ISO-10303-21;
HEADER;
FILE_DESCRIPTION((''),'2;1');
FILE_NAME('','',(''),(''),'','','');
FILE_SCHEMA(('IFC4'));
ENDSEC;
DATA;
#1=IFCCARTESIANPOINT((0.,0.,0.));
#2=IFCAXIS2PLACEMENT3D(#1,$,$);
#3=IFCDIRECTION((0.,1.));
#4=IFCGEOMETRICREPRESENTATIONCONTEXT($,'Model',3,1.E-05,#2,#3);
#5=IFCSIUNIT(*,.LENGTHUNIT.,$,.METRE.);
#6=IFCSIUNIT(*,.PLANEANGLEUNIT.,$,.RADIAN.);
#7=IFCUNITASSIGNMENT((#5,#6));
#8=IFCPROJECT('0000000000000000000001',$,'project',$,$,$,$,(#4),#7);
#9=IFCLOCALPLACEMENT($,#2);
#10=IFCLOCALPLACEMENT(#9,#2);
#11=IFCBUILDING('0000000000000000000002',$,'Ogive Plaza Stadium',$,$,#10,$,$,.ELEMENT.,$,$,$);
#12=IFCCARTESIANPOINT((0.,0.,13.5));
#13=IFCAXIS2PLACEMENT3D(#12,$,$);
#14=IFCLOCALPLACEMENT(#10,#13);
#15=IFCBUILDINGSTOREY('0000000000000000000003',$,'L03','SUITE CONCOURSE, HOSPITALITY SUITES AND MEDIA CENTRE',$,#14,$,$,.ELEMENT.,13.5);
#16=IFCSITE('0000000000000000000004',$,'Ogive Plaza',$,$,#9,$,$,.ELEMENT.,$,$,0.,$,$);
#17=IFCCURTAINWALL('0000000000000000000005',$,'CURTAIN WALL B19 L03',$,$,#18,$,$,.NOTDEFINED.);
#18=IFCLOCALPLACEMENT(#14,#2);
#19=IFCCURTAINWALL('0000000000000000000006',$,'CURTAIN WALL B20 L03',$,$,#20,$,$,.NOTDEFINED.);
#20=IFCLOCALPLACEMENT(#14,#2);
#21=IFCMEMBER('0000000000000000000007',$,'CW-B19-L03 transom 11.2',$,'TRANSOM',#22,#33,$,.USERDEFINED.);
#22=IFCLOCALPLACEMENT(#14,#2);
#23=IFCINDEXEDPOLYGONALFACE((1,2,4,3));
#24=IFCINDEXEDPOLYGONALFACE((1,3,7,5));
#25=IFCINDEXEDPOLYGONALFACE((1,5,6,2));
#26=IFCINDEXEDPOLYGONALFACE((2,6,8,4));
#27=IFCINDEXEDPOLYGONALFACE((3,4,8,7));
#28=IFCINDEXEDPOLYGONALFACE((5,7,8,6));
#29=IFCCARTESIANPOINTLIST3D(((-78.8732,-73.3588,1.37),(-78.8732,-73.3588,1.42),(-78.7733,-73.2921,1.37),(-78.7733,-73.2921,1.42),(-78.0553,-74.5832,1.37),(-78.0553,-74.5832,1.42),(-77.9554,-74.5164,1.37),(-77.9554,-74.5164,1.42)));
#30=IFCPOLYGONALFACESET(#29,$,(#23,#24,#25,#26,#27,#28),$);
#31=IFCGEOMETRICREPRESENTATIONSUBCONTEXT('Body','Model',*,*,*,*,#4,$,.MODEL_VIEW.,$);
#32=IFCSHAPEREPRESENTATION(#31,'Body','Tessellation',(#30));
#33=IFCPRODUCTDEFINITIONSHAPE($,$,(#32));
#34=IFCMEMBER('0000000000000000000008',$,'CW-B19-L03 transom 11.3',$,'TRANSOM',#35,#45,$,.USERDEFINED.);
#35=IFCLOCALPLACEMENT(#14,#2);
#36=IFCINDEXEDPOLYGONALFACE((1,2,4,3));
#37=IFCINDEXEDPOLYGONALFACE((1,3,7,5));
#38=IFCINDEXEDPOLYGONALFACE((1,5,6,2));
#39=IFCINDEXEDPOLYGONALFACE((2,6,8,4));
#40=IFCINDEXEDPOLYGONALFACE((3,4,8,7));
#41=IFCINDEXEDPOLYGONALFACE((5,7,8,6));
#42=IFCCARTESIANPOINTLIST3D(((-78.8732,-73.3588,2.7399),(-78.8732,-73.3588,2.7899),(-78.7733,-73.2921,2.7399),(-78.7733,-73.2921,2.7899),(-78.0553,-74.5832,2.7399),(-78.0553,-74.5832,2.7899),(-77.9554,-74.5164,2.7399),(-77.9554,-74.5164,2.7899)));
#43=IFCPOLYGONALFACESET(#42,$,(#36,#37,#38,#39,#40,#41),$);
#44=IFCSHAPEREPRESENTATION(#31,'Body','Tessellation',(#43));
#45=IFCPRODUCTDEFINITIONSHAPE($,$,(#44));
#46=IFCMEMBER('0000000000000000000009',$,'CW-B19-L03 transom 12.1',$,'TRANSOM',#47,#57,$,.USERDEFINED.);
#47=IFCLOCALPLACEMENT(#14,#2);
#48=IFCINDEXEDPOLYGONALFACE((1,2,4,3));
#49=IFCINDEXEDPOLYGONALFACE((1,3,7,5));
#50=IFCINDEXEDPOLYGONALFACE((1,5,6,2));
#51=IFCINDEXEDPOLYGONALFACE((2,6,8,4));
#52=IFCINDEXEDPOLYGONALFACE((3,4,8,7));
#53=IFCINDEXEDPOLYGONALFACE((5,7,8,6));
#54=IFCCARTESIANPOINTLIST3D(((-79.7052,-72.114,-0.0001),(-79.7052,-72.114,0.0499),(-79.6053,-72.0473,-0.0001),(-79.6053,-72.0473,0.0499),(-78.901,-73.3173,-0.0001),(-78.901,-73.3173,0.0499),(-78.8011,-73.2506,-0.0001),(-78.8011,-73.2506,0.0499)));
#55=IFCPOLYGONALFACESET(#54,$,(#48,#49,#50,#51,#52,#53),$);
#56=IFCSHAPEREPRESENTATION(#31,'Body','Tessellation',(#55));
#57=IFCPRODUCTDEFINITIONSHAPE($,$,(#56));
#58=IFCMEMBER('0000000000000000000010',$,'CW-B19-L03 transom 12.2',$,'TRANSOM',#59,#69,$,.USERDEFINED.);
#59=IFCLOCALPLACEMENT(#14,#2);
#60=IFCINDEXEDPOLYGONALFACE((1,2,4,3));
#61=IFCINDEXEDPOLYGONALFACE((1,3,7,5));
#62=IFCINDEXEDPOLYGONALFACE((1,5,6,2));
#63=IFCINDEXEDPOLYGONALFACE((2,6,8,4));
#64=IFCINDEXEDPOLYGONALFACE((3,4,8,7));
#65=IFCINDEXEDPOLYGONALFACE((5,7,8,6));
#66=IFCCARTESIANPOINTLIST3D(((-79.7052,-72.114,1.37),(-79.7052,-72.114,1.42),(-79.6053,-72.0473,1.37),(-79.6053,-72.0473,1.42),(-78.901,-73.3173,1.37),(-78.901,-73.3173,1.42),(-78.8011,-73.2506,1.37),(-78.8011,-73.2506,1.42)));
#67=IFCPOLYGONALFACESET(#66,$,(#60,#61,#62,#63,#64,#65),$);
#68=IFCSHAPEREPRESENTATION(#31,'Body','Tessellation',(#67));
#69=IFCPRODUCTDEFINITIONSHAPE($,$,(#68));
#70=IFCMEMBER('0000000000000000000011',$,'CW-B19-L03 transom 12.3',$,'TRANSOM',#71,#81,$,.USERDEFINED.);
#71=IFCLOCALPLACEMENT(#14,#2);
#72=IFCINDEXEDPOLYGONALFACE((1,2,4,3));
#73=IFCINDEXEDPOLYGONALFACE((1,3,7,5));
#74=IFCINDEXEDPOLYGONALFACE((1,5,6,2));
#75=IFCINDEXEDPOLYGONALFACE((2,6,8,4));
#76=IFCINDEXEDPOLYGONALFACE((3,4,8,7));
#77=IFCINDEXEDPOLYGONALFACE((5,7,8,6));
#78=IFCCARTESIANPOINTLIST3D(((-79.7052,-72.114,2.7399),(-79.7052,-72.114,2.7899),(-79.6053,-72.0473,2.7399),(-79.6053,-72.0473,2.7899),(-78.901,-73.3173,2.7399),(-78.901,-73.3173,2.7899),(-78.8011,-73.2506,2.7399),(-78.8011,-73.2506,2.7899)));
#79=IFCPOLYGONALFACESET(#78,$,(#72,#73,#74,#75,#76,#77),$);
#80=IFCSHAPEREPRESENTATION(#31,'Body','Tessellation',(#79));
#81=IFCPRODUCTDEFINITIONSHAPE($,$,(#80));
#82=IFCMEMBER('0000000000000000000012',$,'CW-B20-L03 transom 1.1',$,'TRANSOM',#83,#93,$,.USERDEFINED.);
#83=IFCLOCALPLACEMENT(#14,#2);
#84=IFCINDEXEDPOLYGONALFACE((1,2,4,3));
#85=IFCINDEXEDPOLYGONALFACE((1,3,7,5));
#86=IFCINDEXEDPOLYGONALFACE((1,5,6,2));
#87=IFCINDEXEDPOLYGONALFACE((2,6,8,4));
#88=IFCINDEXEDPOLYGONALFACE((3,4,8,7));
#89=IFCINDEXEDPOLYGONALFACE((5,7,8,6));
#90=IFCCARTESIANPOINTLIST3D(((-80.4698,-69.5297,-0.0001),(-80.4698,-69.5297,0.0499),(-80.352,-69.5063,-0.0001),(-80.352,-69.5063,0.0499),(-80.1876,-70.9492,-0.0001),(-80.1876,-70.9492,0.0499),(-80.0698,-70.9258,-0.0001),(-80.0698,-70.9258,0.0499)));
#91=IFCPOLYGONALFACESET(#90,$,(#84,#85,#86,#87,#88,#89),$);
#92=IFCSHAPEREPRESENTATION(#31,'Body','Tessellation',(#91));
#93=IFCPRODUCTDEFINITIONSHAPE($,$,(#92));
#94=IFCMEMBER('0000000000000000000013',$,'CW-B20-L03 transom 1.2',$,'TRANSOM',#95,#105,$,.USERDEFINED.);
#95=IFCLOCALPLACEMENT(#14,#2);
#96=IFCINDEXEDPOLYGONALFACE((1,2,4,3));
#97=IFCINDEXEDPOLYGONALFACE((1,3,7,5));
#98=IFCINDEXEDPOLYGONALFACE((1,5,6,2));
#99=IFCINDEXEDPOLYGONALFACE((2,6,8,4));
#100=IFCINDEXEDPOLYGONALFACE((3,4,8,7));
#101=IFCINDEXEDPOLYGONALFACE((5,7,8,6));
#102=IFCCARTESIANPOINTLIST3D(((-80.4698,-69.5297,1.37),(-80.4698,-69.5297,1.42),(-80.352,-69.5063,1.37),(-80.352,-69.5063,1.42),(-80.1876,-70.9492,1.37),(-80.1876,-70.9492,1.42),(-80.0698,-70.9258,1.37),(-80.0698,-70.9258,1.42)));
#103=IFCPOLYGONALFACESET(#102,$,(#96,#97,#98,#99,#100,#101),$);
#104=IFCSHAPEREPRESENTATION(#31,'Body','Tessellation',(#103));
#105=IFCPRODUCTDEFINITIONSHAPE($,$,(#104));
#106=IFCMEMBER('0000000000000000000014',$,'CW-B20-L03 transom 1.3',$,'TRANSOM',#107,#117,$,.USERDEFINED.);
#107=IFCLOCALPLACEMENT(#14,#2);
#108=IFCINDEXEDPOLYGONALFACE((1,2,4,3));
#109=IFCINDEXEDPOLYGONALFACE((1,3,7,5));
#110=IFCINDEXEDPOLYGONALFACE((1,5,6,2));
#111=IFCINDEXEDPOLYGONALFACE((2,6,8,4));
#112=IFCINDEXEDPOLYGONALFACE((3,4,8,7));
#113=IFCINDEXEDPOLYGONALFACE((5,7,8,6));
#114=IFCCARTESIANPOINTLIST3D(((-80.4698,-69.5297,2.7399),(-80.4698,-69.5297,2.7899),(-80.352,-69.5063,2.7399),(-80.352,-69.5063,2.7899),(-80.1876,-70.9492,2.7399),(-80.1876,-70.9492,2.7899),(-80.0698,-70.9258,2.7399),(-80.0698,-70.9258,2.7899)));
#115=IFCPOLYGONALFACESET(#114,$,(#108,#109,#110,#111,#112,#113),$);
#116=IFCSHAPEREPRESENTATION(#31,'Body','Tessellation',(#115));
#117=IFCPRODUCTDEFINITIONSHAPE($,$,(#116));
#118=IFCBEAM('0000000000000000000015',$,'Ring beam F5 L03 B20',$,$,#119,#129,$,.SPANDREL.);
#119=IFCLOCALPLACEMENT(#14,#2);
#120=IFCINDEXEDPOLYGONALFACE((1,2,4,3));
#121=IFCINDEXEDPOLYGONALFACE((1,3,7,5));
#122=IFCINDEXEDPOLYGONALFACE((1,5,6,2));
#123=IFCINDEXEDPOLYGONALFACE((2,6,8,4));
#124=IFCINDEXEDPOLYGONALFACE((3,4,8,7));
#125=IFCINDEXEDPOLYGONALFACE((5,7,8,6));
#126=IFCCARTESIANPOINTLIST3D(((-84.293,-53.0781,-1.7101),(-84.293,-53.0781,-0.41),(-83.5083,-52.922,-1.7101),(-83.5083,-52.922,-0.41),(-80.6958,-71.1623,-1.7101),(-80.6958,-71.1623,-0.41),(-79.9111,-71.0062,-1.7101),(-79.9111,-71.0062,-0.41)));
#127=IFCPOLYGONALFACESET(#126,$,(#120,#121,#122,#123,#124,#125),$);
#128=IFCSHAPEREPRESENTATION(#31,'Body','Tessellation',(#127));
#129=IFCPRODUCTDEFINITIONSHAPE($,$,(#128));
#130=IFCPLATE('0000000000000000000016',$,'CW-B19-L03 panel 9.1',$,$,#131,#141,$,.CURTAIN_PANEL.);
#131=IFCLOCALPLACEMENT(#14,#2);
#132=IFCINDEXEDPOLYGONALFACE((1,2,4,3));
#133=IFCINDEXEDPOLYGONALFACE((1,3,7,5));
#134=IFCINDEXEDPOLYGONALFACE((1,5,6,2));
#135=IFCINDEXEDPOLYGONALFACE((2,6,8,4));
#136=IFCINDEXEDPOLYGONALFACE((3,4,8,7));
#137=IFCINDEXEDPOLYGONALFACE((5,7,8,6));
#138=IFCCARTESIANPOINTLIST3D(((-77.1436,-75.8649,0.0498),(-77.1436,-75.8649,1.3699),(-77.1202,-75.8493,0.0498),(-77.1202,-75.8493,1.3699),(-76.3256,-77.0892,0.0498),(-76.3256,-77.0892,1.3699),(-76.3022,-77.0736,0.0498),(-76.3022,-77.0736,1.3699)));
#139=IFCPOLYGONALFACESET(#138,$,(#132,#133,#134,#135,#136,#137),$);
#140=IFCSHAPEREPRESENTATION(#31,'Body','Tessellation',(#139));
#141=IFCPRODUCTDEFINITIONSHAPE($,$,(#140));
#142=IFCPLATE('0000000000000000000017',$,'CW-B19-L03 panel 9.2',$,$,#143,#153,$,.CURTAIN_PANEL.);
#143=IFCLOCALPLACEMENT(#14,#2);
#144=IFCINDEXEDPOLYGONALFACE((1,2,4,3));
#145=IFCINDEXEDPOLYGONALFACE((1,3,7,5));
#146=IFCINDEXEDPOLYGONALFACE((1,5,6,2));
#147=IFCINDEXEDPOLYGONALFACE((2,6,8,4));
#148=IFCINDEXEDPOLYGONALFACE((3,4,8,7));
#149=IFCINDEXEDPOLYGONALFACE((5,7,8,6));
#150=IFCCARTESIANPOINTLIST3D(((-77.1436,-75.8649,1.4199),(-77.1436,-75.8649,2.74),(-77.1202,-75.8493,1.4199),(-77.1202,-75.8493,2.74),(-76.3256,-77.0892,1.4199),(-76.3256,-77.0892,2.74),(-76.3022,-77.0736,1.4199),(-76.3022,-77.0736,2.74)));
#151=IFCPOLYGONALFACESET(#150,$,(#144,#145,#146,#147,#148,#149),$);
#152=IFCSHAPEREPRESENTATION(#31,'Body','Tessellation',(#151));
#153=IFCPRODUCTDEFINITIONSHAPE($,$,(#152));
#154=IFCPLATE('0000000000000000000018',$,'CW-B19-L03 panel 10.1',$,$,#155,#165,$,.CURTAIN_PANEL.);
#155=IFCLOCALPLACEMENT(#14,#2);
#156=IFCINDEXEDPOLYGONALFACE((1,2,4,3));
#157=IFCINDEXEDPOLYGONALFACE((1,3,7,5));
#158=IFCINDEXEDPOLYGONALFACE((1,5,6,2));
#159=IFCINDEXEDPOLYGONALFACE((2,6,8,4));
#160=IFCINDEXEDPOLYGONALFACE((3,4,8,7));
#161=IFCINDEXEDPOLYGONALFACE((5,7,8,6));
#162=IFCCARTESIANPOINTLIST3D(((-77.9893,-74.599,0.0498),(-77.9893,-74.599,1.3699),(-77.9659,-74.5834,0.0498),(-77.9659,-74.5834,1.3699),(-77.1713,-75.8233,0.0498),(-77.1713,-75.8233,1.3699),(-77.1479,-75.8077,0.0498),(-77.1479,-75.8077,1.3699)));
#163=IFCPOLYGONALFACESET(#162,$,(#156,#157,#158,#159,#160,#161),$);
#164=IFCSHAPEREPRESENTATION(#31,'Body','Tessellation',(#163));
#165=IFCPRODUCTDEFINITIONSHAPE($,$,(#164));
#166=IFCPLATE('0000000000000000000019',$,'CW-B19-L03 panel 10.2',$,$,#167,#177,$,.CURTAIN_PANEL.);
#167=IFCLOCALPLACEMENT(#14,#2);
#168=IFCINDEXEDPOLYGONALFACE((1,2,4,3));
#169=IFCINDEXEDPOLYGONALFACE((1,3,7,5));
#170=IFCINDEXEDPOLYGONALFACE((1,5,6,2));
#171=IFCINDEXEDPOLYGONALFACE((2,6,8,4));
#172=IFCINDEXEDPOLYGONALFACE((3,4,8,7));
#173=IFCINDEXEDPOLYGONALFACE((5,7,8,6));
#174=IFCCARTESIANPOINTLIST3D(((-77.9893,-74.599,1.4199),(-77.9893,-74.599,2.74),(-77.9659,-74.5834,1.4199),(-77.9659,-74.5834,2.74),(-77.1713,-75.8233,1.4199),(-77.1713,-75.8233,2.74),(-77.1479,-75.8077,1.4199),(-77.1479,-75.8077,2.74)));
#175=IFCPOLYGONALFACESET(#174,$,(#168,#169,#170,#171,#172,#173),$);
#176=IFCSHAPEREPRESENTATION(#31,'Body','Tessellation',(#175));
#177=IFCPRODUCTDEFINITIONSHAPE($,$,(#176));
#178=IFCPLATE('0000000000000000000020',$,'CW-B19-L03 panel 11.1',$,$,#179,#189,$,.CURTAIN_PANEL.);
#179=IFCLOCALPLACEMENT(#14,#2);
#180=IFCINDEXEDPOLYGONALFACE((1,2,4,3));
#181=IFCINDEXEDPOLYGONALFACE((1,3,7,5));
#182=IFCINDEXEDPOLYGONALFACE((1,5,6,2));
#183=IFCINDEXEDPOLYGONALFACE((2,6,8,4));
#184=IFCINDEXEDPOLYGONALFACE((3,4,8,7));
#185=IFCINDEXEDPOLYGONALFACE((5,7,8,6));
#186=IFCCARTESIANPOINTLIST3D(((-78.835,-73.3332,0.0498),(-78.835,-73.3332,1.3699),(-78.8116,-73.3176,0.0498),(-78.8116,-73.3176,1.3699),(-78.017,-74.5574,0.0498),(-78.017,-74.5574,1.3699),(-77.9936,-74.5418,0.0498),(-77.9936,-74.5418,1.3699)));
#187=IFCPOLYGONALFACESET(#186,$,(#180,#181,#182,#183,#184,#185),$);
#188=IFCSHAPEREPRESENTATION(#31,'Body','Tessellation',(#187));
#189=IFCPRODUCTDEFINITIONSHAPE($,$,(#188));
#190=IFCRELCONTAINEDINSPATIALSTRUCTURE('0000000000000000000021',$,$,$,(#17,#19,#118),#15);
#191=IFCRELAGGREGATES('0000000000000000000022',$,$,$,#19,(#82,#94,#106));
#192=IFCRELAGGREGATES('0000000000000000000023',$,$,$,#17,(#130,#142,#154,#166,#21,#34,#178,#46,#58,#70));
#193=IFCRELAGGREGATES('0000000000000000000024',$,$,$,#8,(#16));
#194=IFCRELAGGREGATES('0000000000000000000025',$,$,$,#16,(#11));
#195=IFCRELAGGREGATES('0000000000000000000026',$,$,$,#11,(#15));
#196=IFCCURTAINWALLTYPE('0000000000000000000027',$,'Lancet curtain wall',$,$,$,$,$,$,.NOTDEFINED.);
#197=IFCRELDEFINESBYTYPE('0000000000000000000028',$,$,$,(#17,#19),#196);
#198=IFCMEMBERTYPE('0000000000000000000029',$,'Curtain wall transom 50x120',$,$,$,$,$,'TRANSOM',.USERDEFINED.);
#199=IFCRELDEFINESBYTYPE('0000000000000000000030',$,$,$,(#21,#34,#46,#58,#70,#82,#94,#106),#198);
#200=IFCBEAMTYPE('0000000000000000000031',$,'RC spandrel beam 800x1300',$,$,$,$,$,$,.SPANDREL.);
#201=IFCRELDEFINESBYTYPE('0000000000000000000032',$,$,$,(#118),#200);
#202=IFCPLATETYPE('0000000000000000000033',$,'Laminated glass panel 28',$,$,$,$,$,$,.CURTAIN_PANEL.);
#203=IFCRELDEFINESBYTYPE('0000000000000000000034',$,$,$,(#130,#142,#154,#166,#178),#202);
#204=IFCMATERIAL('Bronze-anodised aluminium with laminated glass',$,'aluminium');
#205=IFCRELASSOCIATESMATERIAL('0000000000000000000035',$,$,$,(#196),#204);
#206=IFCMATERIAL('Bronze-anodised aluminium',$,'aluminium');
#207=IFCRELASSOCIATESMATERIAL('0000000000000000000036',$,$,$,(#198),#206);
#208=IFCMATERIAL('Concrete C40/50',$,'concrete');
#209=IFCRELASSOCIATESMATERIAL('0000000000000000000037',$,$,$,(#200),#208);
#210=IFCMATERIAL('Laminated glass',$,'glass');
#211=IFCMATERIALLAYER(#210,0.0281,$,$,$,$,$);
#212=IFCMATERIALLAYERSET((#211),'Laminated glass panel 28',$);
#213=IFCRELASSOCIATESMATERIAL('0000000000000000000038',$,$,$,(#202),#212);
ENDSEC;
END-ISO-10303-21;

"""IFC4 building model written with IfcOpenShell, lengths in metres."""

from ifc_helpers import new_model, si_unit, direction, frame, origin, origin_2d, place, context, subcontext, project, spatial, rectangle, extrude, material, layer, layer_set, material_profile, profile_set, type_object, element, aggregate, save


model = new_model("IFC4")

# Units and contexts
model_context = context("Model", 3, precision=1e-05, world=origin(), true_north=direction((0.0, 1.0)))
body_context = subcontext(model_context, "Body", "Model", "MODEL_VIEW")
ifc_project = project(units=[si_unit("LENGTHUNIT", "METRE"), si_unit("PLANEANGLEUNIT", "RADIAN")], contexts=[model_context])

# Site, building, storey
site_placement = place(None, origin())
site = spatial("IfcSite", under=ifc_project, at=site_placement, Name="Ogive Plaza", CompositionType="ELEMENT", RefElevation=0.0)
building_placement = place(site_placement, origin())
building = spatial("IfcBuilding", under=site, at=building_placement, Name="Ogive Plaza Stadium", CompositionType="ELEMENT")
storey_placement = place(building_placement, frame((0.0, 0.0, 13.5)))
storey = spatial("IfcBuildingStorey", under=building, at=storey_placement, Name="L03", Description="SUITE CONCOURSE, HOSPITALITY SUITES AND MEDIA CENTRE", CompositionType="ELEMENT", Elevation=13.5)

# Curtain wall
ifc_material_1 = material(Name="Bronze-anodised aluminium with laminated glass", Category="aluminium")
curtain_wall_type = type_object("IfcCurtainWallType", Name="Lancet curtain wall", PredefinedType="NOTDEFINED", material=ifc_material_1)
curtain_wall_1_placement = place(storey_placement, origin())
curtain_wall_1 = element("IfcCurtainWall", 1, at=curtain_wall_1_placement, inside=storey, type_object=curtain_wall_type, Name="CURTAIN WALL B19 L03", PredefinedType="NOTDEFINED")

# Curtain wall
curtain_wall_2_placement = place(storey_placement, origin())
curtain_wall_2 = element("IfcCurtainWall", 2, at=curtain_wall_2_placement, inside=storey, type_object=curtain_wall_type, Name="CURTAIN WALL B20 L03", PredefinedType="NOTDEFINED")

# Members
ifc_material_2 = material(Name="Bronze-anodised aluminium", Category="aluminium")
ifc_material_profile_1 = material_profile(ifc_material_2, rectangle(XDim=0.1201, YDim=0.05, at=origin_2d()), Name="AL 120x50")
ifc_profile_set_1 = profile_set([ifc_material_profile_1], Name="Bronze-anodised aluminium")
member_type_1 = type_object("IfcMemberType", Name="Curtain wall transom 50x120", ElementType="TRANSOM", PredefinedType="USERDEFINED", material=ifc_profile_set_1)
member_1_placement = place(storey_placement, frame((-78.0054, -74.5498, 1.395), z_axis=(-0.555465, 0.83154, 0.0), x_axis=(-0.83154, -0.555465, 0.0)))
member_1 = element("IfcMember", 3, at=member_1_placement, type_object=member_type_1, Name="CW-B19-L03 transom 11.2", ObjectType="TRANSOM", PredefinedType="USERDEFINED", context=body_context, shape_type="SweptSolid", body=[
    extrude(rectangle(XDim=0.1201, YDim=0.05, at=origin_2d()), origin(), (0.0, 0.0, 1.0), 1.4724),
])
member_2_placement = place(storey_placement, frame((-78.0054, -74.5498, 2.7649), z_axis=(-0.555465, 0.83154, 0.0), x_axis=(-0.83154, -0.555465, 0.0)))
member_2 = element("IfcMember", 4, at=member_2_placement, type_object=member_type_1, Name="CW-B19-L03 transom 11.3", ObjectType="TRANSOM", PredefinedType="USERDEFINED", context=body_context, shape_type="SweptSolid", body=[
    extrude(rectangle(XDim=0.1201, YDim=0.05, at=origin_2d()), origin(), (0.0, 0.0, 1.0), 1.4724),
])
member_3_placement = place(storey_placement, frame((-78.8511, -73.2839, 0.0249), z_axis=(-0.555634, 0.831427, 0.0), x_axis=(-0.831427, -0.555634, 0.0)))
member_3 = element("IfcMember", 5, at=member_3_placement, type_object=member_type_1, Name="CW-B19-L03 transom 12.1", ObjectType="TRANSOM", PredefinedType="USERDEFINED", context=body_context, shape_type="SweptSolid", body=[
    extrude(rectangle(XDim=0.1201, YDim=0.05, at=origin_2d()), origin(), (0.0, 0.0, 1.0), 1.4473),
])
member_4_placement = place(storey_placement, frame((-78.8511, -73.2839, 1.395), z_axis=(-0.555634, 0.831427, 0.0), x_axis=(-0.831427, -0.555634, 0.0)))
member_4 = element("IfcMember", 6, at=member_4_placement, type_object=member_type_1, Name="CW-B19-L03 transom 12.2", ObjectType="TRANSOM", PredefinedType="USERDEFINED", context=body_context, shape_type="SweptSolid", body=[
    extrude(rectangle(XDim=0.1201, YDim=0.05, at=origin_2d()), origin(), (0.0, 0.0, 1.0), 1.4473),
])
member_5_placement = place(storey_placement, frame((-78.8511, -73.2839, 2.7649), z_axis=(-0.555634, 0.831427, 0.0), x_axis=(-0.831427, -0.555634, 0.0)))
member_5 = element("IfcMember", 7, at=member_5_placement, type_object=member_type_1, Name="CW-B19-L03 transom 12.3", ObjectType="TRANSOM", PredefinedType="USERDEFINED", context=body_context, shape_type="SweptSolid", body=[
    extrude(rectangle(XDim=0.1201, YDim=0.05, at=origin_2d()), origin(), (0.0, 0.0, 1.0), 1.4473),
])
member_6_placement = place(storey_placement, frame((-80.1287, -70.9375, 0.0249), z_axis=(-0.195013, 0.980801, 0.0), x_axis=(-0.980801, -0.195013, 0.0)))
member_6 = element("IfcMember", 8, at=member_6_placement, type_object=member_type_1, Name="CW-B20-L03 transom 1.1", ObjectType="TRANSOM", PredefinedType="USERDEFINED", context=body_context, shape_type="SweptSolid", body=[
    extrude(rectangle(XDim=0.1201, YDim=0.05, at=origin_2d()), origin(), (0.0, 0.0, 1.0), 1.4473),
])
member_7_placement = place(storey_placement, frame((-80.1287, -70.9375, 1.395), z_axis=(-0.195013, 0.980801, 0.0), x_axis=(-0.980801, -0.195013, 0.0)))
member_7 = element("IfcMember", 9, at=member_7_placement, type_object=member_type_1, Name="CW-B20-L03 transom 1.2", ObjectType="TRANSOM", PredefinedType="USERDEFINED", context=body_context, shape_type="SweptSolid", body=[
    extrude(rectangle(XDim=0.1201, YDim=0.05, at=origin_2d()), origin(), (0.0, 0.0, 1.0), 1.4473),
])
member_8_placement = place(storey_placement, frame((-80.1287, -70.9375, 2.7649), z_axis=(-0.195013, 0.980801, 0.0), x_axis=(-0.980801, -0.195013, 0.0)))
member_8 = element("IfcMember", 10, at=member_8_placement, type_object=member_type_1, Name="CW-B20-L03 transom 1.3", ObjectType="TRANSOM", PredefinedType="USERDEFINED", context=body_context, shape_type="SweptSolid", body=[
    extrude(rectangle(XDim=0.1201, YDim=0.05, at=origin_2d()), origin(), (0.0, 0.0, 1.0), 1.4473),
])
aggregate(curtain_wall_2, [member_6, member_7, member_8])

# Beam
ifc_material_3 = material(Name="Concrete C40/50", Category="concrete")
ifc_material_profile_2 = material_profile(ifc_material_3, rectangle(XDim=0.8, YDim=1.3, at=origin_2d()), Name="RC 800x1300")
ifc_profile_set_2 = profile_set([ifc_material_profile_2], Name="Concrete C40/50")
beam_type = type_object("IfcBeamType", Name="RC spandrel beam 800x1300", PredefinedType="SPANDREL", material=ifc_profile_set_2)
beam_placement = place(storey_placement, frame((-80.3035, -71.0842, -1.0601), z_axis=(-0.19509, 0.980785, 0.0), x_axis=(-0.980785, -0.19509, 0.0)))
element("IfcBeam", 11, at=beam_placement, inside=storey, type_object=beam_type, Name="Ring beam F5 L03 B20", PredefinedType="SPANDREL", context=body_context, shape_type="SweptSolid", body=[
    extrude(rectangle(XDim=0.8, YDim=1.3, at=origin_2d()), origin(), (0.0, 0.0, 1.0), 18.4385),
])

# Plates
ifc_material_4 = material(Name="Laminated glass", Category="glass")
ifc_layer = layer(ifc_material_4, 0.0281)
ifc_layer_set = layer_set([ifc_layer], Name="Laminated glass panel 28")
plate_type = type_object("IfcPlateType", Name="Laminated glass panel 28", PredefinedType="CURTAIN_PANEL", material=ifc_layer_set)
plate_1_placement = place(storey_placement, frame((-76.7229, -76.4692, 0.0498), z_axis=(0.0, 0.0, 1.0), x_axis=(-0.55557, 0.83147, 0.0)))
plate_1 = element("IfcPlate", 12, at=plate_1_placement, type_object=plate_type, Name="CW-B19-L03 panel 9.1", PredefinedType="CURTAIN_PANEL", context=body_context, shape_type="SweptSolid", body=[
    extrude(rectangle(XDim=1.4724, YDim=0.0281, at=origin_2d()), origin(), (0.0, 0.0, 1.0), 1.3201),
])
plate_2_placement = place(storey_placement, frame((-76.7229, -76.4692, 1.4199), z_axis=(0.0, 0.0, 1.0), x_axis=(-0.55557, 0.83147, 0.0)))
plate_2 = element("IfcPlate", 13, at=plate_2_placement, type_object=plate_type, Name="CW-B19-L03 panel 9.2", PredefinedType="CURTAIN_PANEL", context=body_context, shape_type="SweptSolid", body=[
    extrude(rectangle(XDim=1.4724, YDim=0.0281, at=origin_2d()), origin(), (0.0, 0.0, 1.0), 1.3201),
])
plate_3_placement = place(storey_placement, frame((-77.5686, -75.2034, 0.0498), z_axis=(0.0, 0.0, 1.0), x_axis=(-0.55557, 0.83147, 0.0)))
plate_3 = element("IfcPlate", 14, at=plate_3_placement, type_object=plate_type, Name="CW-B19-L03 panel 10.1", PredefinedType="CURTAIN_PANEL", context=body_context, shape_type="SweptSolid", body=[
    extrude(rectangle(XDim=1.4724, YDim=0.0281, at=origin_2d()), origin(), (0.0, 0.0, 1.0), 1.3201),
])
plate_4_placement = place(storey_placement, frame((-77.5686, -75.2034, 1.4199), z_axis=(0.0, 0.0, 1.0), x_axis=(-0.55557, 0.83147, 0.0)))
plate_4 = element("IfcPlate", 15, at=plate_4_placement, type_object=plate_type, Name="CW-B19-L03 panel 10.2", PredefinedType="CURTAIN_PANEL", context=body_context, shape_type="SweptSolid", body=[
    extrude(rectangle(XDim=1.4724, YDim=0.0281, at=origin_2d()), origin(), (0.0, 0.0, 1.0), 1.3201),
])
plate_5_placement = place(storey_placement, frame((-78.4143, -73.9375, 0.0498), z_axis=(0.0, 0.0, 1.0), x_axis=(-0.55557, 0.83147, 0.0)))
plate_5 = element("IfcPlate", 16, at=plate_5_placement, type_object=plate_type, Name="CW-B19-L03 panel 11.1", PredefinedType="CURTAIN_PANEL", context=body_context, shape_type="SweptSolid", body=[
    extrude(rectangle(XDim=1.4724, YDim=0.0281, at=origin_2d()), origin(), (0.0, 0.0, 1.0), 1.3201),
])
aggregate(curtain_wall_1, [plate_1, plate_2, plate_3, plate_4, member_1, member_2, plate_5, member_3, member_4, member_5])

save(model, "model.ifc")
